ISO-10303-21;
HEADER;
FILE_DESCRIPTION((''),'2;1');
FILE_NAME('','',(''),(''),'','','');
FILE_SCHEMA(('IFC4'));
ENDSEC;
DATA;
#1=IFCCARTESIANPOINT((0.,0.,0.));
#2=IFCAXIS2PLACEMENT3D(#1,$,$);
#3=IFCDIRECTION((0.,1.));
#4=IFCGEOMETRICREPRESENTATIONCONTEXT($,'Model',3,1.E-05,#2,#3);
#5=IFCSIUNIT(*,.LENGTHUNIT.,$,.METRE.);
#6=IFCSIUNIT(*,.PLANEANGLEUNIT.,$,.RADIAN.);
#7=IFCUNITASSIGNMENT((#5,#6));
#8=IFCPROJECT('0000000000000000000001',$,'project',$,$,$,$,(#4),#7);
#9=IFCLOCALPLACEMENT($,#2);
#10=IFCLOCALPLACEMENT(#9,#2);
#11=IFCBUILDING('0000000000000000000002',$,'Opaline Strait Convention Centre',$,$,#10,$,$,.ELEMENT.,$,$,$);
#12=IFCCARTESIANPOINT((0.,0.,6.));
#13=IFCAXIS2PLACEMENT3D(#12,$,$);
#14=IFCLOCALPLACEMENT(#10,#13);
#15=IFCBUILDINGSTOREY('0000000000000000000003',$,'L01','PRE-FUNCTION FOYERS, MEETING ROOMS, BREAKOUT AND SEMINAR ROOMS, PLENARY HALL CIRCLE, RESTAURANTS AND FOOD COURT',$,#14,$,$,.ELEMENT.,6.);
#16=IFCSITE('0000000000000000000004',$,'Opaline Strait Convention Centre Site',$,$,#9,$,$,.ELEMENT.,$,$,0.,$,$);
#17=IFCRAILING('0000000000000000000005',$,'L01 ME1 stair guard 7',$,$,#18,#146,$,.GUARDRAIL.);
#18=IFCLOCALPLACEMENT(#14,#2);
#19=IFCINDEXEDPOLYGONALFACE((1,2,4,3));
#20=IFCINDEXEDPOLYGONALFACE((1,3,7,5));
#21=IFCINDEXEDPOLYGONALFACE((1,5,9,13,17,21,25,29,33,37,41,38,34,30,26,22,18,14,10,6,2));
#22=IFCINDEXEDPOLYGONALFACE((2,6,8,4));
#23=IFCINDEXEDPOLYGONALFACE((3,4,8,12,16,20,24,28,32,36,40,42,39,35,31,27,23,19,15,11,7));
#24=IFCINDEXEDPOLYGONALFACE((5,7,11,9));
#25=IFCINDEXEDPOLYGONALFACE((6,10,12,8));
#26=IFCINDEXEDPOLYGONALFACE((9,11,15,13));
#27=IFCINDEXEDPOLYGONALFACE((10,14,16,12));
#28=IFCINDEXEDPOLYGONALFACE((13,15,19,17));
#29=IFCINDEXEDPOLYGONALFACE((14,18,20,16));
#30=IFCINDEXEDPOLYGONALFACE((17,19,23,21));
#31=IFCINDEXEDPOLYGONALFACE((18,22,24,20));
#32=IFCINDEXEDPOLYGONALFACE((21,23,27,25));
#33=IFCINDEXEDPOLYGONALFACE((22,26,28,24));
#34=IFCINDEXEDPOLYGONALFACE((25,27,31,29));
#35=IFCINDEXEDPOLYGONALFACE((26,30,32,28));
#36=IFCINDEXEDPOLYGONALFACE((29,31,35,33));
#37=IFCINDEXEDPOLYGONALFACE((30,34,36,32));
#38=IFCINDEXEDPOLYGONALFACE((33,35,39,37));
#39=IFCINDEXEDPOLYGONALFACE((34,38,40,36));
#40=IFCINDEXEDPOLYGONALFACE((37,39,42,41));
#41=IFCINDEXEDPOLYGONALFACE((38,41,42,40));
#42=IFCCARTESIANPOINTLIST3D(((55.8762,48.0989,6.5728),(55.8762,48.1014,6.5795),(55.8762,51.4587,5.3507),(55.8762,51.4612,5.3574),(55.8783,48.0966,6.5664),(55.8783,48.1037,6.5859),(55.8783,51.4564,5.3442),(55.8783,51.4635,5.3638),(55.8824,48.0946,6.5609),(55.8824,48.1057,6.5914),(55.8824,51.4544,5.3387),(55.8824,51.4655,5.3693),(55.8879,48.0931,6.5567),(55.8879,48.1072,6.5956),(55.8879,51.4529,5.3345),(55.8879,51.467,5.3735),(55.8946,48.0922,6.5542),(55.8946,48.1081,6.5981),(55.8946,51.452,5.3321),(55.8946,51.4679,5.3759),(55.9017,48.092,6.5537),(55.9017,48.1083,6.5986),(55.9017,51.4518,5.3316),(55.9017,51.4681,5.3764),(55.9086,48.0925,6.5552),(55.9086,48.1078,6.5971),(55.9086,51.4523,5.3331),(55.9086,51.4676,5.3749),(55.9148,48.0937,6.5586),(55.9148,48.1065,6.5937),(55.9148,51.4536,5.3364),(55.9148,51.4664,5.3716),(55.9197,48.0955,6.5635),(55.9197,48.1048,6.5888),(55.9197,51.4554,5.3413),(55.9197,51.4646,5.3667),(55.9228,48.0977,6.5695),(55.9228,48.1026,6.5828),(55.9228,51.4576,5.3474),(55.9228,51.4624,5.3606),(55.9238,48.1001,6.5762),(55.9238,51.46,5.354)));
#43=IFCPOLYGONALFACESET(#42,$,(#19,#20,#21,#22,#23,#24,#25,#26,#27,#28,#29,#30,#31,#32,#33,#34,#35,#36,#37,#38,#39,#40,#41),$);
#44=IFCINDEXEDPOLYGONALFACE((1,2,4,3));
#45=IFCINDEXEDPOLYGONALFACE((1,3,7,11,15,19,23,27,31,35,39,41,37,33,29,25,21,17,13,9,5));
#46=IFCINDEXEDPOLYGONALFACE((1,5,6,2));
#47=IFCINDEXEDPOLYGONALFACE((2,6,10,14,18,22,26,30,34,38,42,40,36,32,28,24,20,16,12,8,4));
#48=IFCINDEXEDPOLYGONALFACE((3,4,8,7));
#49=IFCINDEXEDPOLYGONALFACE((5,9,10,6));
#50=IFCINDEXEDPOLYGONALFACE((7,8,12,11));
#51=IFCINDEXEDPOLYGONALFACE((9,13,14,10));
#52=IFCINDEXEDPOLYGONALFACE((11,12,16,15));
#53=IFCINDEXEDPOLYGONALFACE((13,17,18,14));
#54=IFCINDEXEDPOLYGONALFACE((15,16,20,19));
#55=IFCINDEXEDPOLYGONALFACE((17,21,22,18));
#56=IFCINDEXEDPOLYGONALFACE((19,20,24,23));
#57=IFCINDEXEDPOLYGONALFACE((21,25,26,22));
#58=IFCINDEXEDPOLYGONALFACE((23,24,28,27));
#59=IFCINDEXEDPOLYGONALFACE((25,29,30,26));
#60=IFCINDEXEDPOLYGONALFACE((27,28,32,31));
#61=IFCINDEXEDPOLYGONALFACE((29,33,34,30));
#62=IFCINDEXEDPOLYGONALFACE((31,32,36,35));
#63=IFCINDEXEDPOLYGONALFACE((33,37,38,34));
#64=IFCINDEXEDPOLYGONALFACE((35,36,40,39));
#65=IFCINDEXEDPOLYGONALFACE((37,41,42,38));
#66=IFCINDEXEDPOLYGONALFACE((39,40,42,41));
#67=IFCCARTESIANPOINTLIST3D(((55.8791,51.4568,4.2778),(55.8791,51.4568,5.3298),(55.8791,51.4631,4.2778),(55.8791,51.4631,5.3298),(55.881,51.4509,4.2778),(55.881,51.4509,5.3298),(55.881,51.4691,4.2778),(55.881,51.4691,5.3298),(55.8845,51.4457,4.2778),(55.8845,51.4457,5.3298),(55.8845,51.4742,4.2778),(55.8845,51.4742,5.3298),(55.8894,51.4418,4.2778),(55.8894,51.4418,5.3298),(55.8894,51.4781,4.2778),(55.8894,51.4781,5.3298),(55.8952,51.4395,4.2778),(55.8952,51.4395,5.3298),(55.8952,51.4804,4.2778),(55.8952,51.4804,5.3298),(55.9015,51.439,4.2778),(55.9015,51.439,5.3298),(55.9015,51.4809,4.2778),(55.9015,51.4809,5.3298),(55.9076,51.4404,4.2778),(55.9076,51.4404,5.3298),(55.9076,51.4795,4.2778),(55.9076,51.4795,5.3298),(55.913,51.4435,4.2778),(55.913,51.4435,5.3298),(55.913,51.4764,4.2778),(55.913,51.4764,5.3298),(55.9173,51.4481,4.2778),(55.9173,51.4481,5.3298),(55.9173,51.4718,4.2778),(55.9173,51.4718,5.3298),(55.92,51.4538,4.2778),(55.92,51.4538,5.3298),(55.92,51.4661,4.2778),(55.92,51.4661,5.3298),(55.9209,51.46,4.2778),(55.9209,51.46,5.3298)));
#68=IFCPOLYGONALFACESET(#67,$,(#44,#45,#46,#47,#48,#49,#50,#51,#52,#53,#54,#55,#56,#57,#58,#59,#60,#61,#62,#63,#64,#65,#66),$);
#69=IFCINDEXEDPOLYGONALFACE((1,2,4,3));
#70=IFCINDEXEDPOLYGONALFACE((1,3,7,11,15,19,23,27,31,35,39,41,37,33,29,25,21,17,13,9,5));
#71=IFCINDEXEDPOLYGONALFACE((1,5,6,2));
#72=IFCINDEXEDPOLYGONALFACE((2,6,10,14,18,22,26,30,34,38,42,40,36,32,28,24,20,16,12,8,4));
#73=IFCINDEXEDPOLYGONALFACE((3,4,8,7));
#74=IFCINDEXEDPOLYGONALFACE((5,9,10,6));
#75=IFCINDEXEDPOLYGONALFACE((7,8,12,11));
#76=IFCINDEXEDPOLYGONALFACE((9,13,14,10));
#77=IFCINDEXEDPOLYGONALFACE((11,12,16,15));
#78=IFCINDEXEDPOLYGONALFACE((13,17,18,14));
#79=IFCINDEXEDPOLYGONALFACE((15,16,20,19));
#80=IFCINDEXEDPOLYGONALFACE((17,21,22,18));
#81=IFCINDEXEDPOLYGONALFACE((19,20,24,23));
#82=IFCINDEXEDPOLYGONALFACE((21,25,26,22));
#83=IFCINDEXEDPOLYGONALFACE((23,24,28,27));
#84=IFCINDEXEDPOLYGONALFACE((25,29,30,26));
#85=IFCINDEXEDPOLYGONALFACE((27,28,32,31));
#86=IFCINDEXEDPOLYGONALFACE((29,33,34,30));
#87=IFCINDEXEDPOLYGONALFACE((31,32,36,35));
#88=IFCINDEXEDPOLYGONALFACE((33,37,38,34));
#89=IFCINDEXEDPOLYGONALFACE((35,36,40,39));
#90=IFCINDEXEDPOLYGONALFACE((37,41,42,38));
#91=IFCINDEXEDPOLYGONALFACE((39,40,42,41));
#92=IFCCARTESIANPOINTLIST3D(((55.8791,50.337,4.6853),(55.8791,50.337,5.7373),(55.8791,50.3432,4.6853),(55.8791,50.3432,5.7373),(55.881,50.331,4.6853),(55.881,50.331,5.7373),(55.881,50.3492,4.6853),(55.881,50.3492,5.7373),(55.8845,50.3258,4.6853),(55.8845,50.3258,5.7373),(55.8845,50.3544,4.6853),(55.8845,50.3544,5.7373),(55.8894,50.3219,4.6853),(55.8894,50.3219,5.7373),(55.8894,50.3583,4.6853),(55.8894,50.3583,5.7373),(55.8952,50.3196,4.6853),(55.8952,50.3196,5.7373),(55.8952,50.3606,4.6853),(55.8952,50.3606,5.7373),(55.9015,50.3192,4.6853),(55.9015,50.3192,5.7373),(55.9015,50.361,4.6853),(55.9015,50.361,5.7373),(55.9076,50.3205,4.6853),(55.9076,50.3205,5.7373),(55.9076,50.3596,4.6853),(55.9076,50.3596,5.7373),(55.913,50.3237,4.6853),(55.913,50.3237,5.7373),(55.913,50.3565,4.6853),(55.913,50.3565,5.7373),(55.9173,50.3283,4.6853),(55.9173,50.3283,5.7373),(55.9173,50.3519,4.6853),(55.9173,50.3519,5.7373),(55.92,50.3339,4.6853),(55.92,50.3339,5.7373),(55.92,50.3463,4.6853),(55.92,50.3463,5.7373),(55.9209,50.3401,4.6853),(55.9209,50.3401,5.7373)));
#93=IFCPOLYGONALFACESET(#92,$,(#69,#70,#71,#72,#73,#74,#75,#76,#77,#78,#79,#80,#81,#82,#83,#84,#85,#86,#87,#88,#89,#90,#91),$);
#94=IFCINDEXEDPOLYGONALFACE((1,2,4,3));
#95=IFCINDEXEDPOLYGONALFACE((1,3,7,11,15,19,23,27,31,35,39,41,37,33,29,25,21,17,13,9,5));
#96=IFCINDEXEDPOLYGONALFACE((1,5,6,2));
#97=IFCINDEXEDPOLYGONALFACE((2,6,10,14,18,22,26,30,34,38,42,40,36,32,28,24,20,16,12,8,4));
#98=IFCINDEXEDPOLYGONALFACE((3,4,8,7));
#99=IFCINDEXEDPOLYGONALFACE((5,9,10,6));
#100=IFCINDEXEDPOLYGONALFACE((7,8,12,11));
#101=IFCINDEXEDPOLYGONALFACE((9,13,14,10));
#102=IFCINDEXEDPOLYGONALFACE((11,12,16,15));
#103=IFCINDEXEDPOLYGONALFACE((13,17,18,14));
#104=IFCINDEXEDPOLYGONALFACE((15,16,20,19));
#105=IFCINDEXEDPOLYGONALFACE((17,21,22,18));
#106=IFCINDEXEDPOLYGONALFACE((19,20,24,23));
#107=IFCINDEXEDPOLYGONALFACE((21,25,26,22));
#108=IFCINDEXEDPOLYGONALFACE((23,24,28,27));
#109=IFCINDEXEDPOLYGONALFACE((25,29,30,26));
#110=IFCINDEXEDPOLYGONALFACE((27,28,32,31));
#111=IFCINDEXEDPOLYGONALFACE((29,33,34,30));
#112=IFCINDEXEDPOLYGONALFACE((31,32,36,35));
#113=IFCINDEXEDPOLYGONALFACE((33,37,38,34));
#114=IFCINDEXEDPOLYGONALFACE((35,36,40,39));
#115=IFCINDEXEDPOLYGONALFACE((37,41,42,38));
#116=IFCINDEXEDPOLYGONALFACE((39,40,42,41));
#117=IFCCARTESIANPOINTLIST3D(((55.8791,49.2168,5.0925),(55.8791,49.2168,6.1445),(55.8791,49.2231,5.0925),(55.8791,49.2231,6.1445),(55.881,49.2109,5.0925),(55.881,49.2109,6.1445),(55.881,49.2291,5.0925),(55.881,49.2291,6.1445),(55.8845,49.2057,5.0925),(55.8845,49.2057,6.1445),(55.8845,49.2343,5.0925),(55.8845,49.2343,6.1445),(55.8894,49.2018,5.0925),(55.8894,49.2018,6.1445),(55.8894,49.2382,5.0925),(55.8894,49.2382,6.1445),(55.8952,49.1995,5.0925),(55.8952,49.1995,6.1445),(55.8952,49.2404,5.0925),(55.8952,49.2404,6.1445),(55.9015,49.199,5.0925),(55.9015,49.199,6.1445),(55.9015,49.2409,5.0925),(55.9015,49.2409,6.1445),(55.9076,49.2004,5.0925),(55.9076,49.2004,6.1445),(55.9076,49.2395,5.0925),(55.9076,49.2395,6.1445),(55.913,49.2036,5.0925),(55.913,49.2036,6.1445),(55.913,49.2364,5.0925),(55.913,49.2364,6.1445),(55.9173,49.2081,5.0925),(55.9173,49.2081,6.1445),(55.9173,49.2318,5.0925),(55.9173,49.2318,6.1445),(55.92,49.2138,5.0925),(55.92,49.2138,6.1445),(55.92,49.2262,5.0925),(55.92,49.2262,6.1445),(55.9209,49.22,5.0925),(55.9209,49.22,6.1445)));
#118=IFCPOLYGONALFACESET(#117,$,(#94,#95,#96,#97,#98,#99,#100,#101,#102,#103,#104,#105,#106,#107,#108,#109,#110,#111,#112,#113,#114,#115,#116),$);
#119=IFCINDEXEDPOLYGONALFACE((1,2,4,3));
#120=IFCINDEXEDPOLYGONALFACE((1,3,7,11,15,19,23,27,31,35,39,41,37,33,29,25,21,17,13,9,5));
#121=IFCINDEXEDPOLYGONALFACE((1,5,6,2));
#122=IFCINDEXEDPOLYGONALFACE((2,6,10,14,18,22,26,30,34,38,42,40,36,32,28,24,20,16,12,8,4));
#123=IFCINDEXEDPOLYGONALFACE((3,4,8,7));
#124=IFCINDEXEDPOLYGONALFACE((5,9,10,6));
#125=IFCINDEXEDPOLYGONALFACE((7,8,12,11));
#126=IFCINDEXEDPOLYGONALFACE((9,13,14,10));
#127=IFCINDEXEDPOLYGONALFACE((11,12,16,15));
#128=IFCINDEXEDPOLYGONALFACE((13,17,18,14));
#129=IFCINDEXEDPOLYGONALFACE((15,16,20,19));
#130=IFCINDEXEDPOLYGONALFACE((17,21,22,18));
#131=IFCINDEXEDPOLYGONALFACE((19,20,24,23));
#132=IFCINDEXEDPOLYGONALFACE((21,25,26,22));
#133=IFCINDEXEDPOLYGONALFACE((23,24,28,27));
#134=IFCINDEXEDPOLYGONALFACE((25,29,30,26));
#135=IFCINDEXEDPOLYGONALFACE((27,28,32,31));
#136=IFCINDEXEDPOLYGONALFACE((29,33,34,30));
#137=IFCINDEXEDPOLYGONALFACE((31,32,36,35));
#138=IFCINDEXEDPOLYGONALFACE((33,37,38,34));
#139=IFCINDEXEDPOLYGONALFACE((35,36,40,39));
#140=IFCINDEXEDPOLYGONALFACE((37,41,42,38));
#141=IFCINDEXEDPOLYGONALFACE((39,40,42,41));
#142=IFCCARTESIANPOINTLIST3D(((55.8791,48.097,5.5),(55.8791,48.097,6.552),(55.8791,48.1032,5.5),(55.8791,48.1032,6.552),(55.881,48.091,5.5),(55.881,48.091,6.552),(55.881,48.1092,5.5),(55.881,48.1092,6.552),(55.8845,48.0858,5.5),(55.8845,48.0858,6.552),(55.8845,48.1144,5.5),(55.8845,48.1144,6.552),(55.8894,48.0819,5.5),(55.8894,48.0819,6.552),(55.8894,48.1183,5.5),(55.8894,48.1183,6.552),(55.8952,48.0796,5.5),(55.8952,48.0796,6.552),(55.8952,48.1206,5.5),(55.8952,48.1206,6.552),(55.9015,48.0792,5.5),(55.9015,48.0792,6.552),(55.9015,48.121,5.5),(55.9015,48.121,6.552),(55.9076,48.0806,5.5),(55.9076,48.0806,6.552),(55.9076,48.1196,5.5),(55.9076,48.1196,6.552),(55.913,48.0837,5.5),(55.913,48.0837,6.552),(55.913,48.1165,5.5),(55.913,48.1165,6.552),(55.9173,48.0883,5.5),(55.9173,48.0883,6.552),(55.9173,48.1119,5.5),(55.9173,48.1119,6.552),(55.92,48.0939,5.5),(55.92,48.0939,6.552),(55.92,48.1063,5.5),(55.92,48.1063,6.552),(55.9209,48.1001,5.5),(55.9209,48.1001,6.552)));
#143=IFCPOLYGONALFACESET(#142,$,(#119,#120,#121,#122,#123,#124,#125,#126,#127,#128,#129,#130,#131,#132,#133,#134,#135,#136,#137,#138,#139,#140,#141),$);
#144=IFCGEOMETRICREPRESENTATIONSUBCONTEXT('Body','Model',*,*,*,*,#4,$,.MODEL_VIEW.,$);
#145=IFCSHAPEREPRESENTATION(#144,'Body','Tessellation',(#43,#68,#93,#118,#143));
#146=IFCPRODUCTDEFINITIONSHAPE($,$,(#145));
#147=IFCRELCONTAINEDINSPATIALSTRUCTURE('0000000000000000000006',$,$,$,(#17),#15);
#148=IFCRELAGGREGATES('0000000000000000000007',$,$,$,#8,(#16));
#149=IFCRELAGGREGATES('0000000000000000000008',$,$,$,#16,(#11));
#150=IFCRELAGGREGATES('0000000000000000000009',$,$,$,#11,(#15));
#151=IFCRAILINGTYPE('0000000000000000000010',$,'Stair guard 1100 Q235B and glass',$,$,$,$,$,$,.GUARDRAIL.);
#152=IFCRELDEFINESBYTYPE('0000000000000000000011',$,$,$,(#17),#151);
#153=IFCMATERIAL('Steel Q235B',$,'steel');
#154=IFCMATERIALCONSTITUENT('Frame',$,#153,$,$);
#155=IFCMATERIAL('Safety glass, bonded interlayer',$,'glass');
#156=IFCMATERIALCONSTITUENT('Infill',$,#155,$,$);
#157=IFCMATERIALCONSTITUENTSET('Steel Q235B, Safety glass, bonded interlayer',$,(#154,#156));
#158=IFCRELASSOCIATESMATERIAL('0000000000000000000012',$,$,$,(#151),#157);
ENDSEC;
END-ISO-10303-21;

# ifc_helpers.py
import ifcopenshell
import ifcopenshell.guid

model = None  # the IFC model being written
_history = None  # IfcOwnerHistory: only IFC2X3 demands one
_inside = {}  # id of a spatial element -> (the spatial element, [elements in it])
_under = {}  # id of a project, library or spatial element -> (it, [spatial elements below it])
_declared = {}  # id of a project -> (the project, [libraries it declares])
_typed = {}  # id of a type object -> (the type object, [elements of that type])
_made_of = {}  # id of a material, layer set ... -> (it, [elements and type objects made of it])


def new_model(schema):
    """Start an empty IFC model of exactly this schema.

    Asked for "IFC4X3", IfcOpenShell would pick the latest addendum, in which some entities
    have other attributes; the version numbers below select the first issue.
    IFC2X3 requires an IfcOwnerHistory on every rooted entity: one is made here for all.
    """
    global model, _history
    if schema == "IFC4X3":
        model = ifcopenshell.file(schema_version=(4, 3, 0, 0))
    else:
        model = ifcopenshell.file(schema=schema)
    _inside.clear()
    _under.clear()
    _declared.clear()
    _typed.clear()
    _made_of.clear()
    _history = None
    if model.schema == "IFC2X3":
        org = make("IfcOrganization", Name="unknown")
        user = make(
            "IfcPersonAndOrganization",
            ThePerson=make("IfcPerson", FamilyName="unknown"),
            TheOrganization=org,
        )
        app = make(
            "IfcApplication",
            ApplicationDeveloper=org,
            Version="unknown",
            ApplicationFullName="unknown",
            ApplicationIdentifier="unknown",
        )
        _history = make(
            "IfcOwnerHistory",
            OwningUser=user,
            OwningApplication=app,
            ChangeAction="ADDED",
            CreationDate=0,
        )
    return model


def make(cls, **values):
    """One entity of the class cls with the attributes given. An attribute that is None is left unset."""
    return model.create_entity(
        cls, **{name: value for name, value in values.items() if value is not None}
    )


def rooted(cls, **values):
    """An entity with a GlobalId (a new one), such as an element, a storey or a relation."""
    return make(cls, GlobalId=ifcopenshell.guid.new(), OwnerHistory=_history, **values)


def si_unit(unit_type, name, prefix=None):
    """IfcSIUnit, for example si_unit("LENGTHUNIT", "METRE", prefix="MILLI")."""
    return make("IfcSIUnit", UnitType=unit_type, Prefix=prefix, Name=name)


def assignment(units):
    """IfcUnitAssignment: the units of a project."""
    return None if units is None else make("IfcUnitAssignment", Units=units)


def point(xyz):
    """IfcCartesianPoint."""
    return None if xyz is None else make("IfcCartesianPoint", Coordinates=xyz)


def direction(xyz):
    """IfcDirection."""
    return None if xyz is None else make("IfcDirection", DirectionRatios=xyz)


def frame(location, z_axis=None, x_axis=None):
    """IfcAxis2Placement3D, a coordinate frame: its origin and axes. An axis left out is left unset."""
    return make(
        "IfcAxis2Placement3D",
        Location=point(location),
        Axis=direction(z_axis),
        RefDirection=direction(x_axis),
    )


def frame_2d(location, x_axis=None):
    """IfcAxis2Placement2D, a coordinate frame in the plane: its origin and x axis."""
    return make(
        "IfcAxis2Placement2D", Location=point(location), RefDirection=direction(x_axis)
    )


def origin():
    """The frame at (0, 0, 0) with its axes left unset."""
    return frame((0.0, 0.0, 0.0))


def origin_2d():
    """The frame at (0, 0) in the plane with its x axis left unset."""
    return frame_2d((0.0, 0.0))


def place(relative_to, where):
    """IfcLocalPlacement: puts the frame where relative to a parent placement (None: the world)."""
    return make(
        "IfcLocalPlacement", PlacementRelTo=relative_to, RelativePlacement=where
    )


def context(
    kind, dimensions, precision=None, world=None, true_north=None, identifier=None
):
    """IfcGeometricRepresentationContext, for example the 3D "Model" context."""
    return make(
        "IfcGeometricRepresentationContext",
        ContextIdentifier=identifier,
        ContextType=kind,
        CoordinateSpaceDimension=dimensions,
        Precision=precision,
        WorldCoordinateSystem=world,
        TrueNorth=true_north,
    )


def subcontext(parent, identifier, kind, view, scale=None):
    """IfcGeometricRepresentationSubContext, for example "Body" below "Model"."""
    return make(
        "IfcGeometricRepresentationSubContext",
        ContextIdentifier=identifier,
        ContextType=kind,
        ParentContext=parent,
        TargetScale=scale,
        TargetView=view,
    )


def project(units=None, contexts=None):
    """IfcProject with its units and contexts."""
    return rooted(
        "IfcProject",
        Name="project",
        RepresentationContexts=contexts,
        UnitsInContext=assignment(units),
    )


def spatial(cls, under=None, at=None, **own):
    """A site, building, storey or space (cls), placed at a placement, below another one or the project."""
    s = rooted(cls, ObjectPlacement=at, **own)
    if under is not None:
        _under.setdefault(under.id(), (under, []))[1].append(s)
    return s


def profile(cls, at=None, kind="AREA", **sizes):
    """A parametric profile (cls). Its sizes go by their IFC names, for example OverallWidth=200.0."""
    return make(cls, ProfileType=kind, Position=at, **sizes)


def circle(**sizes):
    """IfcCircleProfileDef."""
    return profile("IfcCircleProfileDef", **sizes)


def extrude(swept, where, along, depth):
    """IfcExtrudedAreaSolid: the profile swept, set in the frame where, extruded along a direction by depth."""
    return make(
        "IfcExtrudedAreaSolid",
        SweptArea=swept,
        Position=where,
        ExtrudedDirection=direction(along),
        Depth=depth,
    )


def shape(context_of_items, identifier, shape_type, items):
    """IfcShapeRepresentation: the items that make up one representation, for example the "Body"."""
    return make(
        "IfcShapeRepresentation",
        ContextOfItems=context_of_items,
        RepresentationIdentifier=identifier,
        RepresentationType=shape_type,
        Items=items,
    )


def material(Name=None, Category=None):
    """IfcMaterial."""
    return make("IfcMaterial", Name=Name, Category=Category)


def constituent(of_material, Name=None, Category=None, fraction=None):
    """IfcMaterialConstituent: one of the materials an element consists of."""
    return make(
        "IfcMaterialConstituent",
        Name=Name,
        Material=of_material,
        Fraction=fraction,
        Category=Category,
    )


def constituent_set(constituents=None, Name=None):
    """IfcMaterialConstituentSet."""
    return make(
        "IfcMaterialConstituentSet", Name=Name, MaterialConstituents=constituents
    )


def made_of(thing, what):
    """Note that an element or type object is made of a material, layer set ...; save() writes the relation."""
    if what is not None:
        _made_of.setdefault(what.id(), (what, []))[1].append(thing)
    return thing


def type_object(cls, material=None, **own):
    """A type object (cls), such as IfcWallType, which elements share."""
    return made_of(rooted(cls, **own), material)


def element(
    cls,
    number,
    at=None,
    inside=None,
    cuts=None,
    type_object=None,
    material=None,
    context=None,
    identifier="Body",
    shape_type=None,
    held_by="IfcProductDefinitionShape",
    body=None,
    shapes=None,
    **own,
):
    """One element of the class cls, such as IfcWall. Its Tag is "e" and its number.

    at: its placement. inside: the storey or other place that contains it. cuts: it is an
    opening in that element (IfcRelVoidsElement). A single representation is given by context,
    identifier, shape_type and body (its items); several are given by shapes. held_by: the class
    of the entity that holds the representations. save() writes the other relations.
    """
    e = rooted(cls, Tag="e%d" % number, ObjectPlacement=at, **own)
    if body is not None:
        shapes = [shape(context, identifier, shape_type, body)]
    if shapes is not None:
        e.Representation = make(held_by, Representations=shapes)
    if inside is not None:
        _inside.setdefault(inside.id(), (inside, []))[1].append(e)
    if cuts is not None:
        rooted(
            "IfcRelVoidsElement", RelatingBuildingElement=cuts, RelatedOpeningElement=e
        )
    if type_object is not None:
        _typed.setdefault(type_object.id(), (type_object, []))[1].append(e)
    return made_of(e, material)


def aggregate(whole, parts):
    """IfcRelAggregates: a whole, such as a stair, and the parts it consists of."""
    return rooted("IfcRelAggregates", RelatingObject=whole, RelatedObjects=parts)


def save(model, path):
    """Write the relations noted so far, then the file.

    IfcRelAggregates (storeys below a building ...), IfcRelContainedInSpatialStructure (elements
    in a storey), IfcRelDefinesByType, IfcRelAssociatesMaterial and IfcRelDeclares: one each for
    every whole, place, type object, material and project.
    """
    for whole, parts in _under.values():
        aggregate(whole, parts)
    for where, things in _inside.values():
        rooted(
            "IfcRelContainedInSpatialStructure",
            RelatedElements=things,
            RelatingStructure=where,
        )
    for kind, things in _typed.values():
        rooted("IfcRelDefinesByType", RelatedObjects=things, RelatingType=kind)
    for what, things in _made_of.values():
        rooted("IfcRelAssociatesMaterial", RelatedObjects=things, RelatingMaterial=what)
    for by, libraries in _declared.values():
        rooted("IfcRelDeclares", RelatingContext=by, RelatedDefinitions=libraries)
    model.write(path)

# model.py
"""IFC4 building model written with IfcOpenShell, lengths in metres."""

from ifc_helpers import new_model, si_unit, direction, frame, origin, origin_2d, place, context, subcontext, project, spatial, circle, extrude, material, constituent, constituent_set, type_object, element, save


model = new_model("IFC4")

# Units and contexts
model_context = context("Model", 3, precision=1e-05, world=origin(), true_north=direction((0.0, 1.0)))
body_context = subcontext(model_context, "Body", "Model", "MODEL_VIEW")
ifc_project = project(units=[si_unit("LENGTHUNIT", "METRE"), si_unit("PLANEANGLEUNIT", "RADIAN")], contexts=[model_context])

# Site, building, storey
site_placement = place(None, origin())
site = spatial("IfcSite", under=ifc_project, at=site_placement, Name="Opaline Strait Convention Centre Site", CompositionType="ELEMENT", RefElevation=0.0)
building_placement = place(site_placement, origin())
building = spatial("IfcBuilding", under=site, at=building_placement, Name="Opaline Strait Convention Centre", CompositionType="ELEMENT")
storey_placement = place(building_placement, frame((0.0, 0.0, 6.0)))
storey = spatial("IfcBuildingStorey", under=building, at=storey_placement, Name="L01", Description="PRE-FUNCTION FOYERS, MEETING ROOMS, BREAKOUT AND SEMINAR ROOMS, PLENARY HALL CIRCLE, RESTAURANTS AND FOOD COURT", CompositionType="ELEMENT", Elevation=6.0)

# Railing
ifc_material_1 = material(Name="Steel Q235B", Category="steel")
ifc_constituent_1 = constituent(ifc_material_1, Name="Frame")
ifc_material_2 = material(Name="Safety glass, bonded interlayer", Category="glass")
ifc_constituent_2 = constituent(ifc_material_2, Name="Infill")
ifc_constituent_set = constituent_set(constituents=[ifc_constituent_1, ifc_constituent_2], Name="Steel Q235B, Safety glass, bonded interlayer")
railing_type_1 = type_object("IfcRailingType", Name="Stair guard 1100 Q235B and glass", PredefinedType="GUARDRAIL", material=ifc_constituent_set)
for number, where, name in (
    (1, (55.8999, 51.46, 4.2778), "L01 ME1 stair guard 7"),
):
    element("IfcRailing", number, at=place(storey_placement, frame(where)), inside=storey, type_object=railing_type_1, Name=name, PredefinedType="GUARDRAIL", context=body_context, shape_type="SweptSolid", body=[
        extrude(circle(Radius=0.0239, at=origin_2d()), frame((0.0, 0.0, 1.0762), z_axis=(0.0, -0.939758, 0.341842), x_axis=(1.0, 0.0, 0.0)), (0.0, 0.0, 1.0), 3.5752),
        extrude(circle(Radius=0.021, at=origin_2d()), origin(), (0.0, 0.0, 1.0), 1.052),
        extrude(circle(Radius=0.021, at=origin_2d()), frame((0.0, -1.1199, 0.4075)), (0.0, 0.0, 1.0), 1.052),
        extrude(circle(Radius=0.021, at=origin_2d()), frame((0.0, -2.24, 0.8147)), (0.0, 0.0, 1.0), 1.052),
        extrude(circle(Radius=0.021, at=origin_2d()), frame((0.0, -3.3599, 1.2222)), (0.0, 0.0, 1.0), 1.052),
    ])

save(model, "model.ifc")
